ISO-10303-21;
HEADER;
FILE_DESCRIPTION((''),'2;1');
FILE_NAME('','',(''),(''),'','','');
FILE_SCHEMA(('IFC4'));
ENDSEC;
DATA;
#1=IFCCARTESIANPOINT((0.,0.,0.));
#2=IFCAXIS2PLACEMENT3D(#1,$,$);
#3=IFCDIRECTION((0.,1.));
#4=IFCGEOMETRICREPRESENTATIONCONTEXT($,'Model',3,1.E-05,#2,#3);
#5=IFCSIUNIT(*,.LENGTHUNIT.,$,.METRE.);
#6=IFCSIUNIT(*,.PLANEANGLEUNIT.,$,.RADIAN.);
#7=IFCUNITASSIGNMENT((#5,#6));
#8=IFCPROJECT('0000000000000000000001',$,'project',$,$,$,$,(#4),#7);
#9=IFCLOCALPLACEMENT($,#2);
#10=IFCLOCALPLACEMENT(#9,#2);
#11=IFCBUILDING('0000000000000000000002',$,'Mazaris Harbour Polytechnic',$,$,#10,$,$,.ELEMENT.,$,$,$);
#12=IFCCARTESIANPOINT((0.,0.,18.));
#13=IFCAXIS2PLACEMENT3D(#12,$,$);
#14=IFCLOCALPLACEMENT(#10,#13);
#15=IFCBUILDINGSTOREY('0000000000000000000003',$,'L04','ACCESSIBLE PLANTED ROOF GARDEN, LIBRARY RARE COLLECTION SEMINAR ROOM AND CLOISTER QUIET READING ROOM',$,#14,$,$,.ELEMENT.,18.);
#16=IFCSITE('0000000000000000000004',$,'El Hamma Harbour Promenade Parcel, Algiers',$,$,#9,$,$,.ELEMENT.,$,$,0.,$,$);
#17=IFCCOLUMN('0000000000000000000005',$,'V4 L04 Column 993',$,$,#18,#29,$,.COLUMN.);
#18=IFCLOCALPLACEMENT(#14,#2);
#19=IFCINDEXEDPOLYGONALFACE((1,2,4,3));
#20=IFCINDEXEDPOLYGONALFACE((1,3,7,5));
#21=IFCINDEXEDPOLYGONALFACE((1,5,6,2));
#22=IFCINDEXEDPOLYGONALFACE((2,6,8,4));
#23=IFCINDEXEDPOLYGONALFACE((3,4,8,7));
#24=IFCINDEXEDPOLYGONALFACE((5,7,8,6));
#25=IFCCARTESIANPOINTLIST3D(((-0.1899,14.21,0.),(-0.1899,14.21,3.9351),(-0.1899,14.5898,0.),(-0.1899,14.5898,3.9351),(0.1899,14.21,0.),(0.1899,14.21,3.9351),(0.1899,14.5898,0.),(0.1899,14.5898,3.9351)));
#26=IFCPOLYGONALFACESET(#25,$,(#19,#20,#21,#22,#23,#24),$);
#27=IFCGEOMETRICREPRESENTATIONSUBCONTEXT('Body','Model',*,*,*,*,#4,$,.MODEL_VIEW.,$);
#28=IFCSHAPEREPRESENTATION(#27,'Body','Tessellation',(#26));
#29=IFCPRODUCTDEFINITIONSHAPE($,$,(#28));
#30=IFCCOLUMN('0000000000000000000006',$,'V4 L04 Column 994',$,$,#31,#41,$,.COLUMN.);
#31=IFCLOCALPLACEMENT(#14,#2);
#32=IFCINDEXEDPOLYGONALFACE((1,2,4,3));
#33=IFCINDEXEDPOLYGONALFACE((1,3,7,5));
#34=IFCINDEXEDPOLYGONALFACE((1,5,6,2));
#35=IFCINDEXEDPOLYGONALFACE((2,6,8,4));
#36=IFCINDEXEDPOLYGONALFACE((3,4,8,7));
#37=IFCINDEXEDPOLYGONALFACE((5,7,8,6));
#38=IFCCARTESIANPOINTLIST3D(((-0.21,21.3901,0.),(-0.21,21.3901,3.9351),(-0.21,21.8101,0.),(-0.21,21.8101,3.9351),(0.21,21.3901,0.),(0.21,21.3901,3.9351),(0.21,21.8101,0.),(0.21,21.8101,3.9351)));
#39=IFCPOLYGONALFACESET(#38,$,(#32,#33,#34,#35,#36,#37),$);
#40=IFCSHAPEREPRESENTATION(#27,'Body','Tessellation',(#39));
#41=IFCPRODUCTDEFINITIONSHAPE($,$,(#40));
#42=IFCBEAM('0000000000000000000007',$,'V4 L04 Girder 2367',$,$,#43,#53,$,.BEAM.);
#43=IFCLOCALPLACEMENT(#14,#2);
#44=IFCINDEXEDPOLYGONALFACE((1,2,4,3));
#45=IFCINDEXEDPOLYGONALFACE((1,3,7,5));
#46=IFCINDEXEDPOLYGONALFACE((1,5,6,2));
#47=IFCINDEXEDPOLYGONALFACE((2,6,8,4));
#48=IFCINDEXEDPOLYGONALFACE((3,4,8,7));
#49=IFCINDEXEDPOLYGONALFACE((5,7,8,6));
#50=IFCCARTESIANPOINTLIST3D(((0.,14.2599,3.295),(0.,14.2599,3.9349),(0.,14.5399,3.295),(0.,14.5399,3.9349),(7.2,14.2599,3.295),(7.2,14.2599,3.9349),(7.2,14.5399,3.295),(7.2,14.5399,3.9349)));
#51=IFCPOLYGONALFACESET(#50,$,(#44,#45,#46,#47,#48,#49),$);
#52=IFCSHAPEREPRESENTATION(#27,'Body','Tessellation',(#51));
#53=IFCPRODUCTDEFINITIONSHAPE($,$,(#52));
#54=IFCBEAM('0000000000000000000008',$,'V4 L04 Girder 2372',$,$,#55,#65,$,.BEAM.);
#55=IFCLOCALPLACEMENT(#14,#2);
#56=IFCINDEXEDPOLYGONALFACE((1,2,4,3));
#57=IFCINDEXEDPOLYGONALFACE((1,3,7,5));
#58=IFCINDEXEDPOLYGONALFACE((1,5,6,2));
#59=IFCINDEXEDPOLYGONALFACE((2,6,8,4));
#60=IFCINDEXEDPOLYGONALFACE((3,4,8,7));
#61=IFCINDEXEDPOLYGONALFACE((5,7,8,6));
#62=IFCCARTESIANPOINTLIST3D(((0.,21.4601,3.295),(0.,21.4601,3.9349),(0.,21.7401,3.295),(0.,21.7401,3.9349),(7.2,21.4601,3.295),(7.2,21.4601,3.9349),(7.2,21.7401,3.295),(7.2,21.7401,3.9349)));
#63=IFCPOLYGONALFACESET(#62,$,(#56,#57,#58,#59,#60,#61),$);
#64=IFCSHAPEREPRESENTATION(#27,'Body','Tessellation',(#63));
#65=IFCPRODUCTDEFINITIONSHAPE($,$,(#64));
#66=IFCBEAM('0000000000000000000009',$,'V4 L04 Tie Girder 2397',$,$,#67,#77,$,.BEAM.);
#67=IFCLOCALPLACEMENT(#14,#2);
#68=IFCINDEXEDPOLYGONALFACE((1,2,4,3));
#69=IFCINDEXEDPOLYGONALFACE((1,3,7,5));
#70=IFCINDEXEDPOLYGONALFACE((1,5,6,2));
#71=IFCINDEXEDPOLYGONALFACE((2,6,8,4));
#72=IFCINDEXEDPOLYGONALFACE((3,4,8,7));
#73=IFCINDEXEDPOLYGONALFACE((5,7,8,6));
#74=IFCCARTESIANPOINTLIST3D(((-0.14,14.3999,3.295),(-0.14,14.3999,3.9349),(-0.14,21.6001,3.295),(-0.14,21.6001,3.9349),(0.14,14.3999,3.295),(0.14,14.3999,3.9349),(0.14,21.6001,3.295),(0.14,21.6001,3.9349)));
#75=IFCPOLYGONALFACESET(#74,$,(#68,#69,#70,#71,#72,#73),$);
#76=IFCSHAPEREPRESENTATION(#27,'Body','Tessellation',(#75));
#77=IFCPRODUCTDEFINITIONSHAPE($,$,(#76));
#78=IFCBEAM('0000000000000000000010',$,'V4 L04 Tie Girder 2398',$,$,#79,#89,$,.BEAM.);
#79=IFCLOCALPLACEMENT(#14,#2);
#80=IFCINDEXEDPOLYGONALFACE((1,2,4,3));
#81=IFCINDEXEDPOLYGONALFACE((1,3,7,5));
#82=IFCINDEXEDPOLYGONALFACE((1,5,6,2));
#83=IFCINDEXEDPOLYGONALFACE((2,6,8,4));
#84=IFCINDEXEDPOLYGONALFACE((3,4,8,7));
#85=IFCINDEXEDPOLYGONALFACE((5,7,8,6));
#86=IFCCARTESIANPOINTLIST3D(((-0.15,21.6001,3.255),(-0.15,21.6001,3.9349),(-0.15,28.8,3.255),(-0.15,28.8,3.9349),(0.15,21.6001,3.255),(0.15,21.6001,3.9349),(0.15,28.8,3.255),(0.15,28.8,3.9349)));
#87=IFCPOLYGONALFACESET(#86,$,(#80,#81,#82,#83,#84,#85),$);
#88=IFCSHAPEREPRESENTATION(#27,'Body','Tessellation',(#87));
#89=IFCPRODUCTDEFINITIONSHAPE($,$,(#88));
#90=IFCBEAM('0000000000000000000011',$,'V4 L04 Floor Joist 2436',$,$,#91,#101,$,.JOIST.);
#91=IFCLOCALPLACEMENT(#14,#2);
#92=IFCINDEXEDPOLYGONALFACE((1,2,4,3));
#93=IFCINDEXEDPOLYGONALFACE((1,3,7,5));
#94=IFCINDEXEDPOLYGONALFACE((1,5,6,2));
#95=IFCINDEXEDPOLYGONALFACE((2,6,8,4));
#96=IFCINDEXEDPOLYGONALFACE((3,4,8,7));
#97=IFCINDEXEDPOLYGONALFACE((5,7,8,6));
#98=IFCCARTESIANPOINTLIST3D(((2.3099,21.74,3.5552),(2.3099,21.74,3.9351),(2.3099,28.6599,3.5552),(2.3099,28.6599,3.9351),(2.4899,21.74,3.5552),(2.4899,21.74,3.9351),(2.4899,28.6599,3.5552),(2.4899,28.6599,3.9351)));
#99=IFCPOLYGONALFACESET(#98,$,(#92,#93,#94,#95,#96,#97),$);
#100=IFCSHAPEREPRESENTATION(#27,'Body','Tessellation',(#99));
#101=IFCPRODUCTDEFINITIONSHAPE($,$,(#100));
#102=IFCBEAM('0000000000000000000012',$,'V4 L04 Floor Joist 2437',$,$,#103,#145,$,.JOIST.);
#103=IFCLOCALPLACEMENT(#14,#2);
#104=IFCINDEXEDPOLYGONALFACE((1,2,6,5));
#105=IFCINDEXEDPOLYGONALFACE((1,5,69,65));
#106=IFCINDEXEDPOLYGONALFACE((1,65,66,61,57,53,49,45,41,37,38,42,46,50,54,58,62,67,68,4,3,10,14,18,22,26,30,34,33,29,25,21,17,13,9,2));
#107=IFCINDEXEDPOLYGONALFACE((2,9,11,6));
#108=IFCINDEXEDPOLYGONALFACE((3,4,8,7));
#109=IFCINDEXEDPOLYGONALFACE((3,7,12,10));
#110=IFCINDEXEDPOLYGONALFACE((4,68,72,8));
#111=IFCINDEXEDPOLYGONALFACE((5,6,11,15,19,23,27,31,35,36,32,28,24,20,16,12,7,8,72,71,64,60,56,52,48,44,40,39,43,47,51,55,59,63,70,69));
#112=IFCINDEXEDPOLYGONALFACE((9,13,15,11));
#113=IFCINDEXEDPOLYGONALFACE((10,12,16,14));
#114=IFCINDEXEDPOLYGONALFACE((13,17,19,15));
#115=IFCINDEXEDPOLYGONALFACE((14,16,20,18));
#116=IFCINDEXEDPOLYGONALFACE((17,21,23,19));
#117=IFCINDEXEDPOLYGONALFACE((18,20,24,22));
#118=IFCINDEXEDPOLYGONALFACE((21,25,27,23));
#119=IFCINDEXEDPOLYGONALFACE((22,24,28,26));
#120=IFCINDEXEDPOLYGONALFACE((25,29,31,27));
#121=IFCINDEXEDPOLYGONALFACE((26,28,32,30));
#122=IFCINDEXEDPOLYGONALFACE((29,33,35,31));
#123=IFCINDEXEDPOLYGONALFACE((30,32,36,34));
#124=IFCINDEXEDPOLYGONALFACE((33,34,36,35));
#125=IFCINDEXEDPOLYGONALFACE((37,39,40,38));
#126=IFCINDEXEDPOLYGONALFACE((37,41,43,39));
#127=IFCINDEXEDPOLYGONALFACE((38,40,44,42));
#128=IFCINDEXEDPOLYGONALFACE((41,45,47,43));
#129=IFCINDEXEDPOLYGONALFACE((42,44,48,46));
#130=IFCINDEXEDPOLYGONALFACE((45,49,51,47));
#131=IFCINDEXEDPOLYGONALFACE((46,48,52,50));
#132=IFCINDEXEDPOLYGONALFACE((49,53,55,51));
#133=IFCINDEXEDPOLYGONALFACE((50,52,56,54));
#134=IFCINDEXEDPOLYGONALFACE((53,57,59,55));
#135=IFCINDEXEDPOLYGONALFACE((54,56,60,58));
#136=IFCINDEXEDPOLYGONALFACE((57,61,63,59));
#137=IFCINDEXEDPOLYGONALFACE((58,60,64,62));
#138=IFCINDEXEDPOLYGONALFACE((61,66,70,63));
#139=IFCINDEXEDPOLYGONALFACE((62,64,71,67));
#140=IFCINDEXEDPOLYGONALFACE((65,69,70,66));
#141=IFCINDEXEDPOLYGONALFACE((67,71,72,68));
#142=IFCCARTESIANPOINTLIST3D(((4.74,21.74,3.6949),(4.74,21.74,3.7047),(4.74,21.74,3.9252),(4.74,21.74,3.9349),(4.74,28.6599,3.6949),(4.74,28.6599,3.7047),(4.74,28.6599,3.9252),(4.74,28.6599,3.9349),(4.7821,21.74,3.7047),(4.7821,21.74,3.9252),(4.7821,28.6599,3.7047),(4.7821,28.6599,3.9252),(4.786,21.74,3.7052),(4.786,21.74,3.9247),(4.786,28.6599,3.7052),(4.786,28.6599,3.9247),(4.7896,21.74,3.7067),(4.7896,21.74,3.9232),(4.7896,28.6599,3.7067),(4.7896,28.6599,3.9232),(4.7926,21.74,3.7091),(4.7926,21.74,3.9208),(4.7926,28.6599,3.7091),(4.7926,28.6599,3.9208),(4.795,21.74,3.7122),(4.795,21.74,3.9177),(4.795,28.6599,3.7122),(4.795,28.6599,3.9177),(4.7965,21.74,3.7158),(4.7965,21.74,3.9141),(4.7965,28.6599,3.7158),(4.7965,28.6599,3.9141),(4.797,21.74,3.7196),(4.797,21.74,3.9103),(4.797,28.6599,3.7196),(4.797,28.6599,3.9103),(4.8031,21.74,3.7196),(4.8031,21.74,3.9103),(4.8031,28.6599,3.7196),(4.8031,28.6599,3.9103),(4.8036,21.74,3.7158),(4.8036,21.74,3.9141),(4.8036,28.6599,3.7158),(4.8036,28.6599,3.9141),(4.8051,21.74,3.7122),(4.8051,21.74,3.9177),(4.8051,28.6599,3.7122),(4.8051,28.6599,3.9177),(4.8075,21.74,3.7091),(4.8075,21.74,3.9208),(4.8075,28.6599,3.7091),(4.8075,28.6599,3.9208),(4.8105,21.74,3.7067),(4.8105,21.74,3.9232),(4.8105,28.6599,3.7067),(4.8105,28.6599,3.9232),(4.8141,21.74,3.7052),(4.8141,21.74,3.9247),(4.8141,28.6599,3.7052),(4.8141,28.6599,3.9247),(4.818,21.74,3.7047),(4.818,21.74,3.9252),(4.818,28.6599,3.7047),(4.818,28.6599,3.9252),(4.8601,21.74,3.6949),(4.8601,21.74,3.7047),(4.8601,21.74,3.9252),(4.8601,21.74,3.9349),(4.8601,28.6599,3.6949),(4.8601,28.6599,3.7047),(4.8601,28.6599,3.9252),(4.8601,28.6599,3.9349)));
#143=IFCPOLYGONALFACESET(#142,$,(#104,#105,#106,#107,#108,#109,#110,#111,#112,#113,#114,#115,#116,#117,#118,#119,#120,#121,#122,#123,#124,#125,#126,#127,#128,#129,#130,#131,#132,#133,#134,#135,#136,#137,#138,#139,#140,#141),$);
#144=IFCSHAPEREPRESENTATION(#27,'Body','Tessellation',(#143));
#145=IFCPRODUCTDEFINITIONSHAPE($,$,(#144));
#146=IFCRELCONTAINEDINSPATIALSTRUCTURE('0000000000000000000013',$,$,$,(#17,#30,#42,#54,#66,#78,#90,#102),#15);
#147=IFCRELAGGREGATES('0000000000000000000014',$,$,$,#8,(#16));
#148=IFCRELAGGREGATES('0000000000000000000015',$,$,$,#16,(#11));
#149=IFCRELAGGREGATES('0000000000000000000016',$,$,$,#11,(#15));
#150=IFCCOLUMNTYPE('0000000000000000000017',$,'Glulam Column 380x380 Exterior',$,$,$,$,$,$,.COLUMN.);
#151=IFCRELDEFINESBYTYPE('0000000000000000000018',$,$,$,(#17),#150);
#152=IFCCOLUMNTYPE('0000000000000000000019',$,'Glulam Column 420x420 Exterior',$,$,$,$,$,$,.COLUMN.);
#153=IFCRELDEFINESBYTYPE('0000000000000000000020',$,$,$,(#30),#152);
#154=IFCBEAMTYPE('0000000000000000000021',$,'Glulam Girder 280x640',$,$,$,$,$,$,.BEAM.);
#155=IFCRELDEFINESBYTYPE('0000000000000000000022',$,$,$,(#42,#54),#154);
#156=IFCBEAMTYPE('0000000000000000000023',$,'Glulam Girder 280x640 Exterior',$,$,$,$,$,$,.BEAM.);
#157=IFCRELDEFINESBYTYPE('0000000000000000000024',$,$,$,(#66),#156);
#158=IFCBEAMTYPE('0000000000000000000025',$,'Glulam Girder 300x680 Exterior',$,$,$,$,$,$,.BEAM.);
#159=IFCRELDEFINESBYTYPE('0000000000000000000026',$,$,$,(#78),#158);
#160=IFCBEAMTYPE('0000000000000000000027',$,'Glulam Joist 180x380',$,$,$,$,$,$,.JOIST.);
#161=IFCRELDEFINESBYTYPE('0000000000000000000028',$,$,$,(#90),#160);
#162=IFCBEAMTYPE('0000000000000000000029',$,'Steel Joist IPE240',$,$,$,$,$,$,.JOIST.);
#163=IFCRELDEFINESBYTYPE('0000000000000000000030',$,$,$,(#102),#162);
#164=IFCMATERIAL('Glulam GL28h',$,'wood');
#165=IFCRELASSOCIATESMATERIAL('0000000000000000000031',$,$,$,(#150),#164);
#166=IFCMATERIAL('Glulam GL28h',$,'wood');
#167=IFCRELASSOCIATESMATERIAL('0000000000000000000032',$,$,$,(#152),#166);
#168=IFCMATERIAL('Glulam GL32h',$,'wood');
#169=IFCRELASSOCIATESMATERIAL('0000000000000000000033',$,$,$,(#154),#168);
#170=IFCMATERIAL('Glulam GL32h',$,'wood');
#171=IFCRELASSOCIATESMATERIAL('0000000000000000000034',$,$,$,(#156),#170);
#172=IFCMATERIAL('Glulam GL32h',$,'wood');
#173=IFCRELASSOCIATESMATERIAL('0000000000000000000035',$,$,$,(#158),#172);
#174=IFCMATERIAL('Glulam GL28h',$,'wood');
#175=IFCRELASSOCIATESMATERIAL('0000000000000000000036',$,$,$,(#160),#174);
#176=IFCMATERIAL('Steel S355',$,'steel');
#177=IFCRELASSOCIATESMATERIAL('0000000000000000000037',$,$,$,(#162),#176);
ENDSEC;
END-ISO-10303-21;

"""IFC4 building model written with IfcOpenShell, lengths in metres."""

from ifc_helpers import new_model, si_unit, direction, frame, origin, origin_2d, place, context, subcontext, project, spatial, rectangle, i_section, extrude, material, material_profile, profile_set, type_object, element, save


model = new_model("IFC4")

# Units and contexts
model_context = context("Model", 3, precision=1e-05, world=origin(), true_north=direction((0.0, 1.0)))
body_context = subcontext(model_context, "Body", "Model", "MODEL_VIEW")
ifc_project = project(units=[si_unit("LENGTHUNIT", "METRE"), si_unit("PLANEANGLEUNIT", "RADIAN")], contexts=[model_context])

# Site, building, storey
site_placement = place(None, origin())
site = spatial("IfcSite", under=ifc_project, at=site_placement, Name="El Hamma Harbour Promenade Parcel, Algiers", CompositionType="ELEMENT", RefElevation=0.0)
building_placement = place(site_placement, origin())
building = spatial("IfcBuilding", under=site, at=building_placement, Name="Mazaris Harbour Polytechnic", CompositionType="ELEMENT")
storey_placement = place(building_placement, frame((0.0, 0.0, 18.0)))
storey = spatial("IfcBuildingStorey", under=building, at=storey_placement, Name="L04", Description="ACCESSIBLE PLANTED ROOF GARDEN, LIBRARY RARE COLLECTION SEMINAR ROOM AND CLOISTER QUIET READING ROOM", CompositionType="ELEMENT", Elevation=18.0)

# Columns
ifc_material_1 = material(Name="Glulam GL28h", Category="wood")
ifc_material_profile_1 = material_profile(ifc_material_1, rectangle(XDim=0.3799, YDim=0.3799, at=origin_2d()), Name="RECT380x380")
ifc_profile_set_1 = profile_set([ifc_material_profile_1], Name="Glulam GL28h")
column_type_1 = type_object("IfcColumnType", Name="Glulam Column 380x380 Exterior", PredefinedType="COLUMN", material=ifc_profile_set_1)
column_1_placement = place(storey_placement, frame((0.0, 14.3999, 0.0), z_axis=(0.0, 0.0, 1.0), x_axis=(1.0, 0.0, 0.0)))
element("IfcColumn", 1, at=column_1_placement, inside=storey, type_object=column_type_1, Name="V4 L04 Column 993", PredefinedType="COLUMN", context=body_context, shape_type="SweptSolid", body=[
    extrude(rectangle(XDim=0.3799, YDim=0.3799, at=origin_2d()), origin(), (0.0, 0.0, 1.0), 3.9351),
])
ifc_material_2 = material(Name="Glulam GL28h", Category="wood")
ifc_material_profile_2 = material_profile(ifc_material_2, rectangle(XDim=0.4199, YDim=0.4199, at=origin_2d()), Name="RECT420x420")
ifc_profile_set_2 = profile_set([ifc_material_profile_2], Name="Glulam GL28h")
column_type_2 = type_object("IfcColumnType", Name="Glulam Column 420x420 Exterior", PredefinedType="COLUMN", material=ifc_profile_set_2)
column_2_placement = place(storey_placement, frame((0.0, 21.6001, 0.0), z_axis=(0.0, 0.0, 1.0), x_axis=(1.0, 0.0, 0.0)))
element("IfcColumn", 2, at=column_2_placement, inside=storey, type_object=column_type_2, Name="V4 L04 Column 994", PredefinedType="COLUMN", context=body_context, shape_type="SweptSolid", body=[
    extrude(rectangle(XDim=0.4199, YDim=0.4199, at=origin_2d()), origin(), (0.0, 0.0, 1.0), 3.9351),
])

# Beams
ifc_material_3 = material(Name="Glulam GL32h", Category="wood")
ifc_material_profile_3 = material_profile(ifc_material_3, rectangle(XDim=0.28, YDim=0.6399, at=origin_2d()), Name="RECT280x640")
ifc_profile_set_3 = profile_set([ifc_material_profile_3], Name="Glulam GL32h")
beam_type_1 = type_object("IfcBeamType", Name="Glulam Girder 280x640", PredefinedType="BEAM", material=ifc_profile_set_3)
for number, where, z_axis, x_axis, name in (
    (3, (0.0, 14.3999, 3.615), (1.0, 0.0, 0.0), (0.0, 1.0, 0.0), "V4 L04 Girder 2367"),
    (4, (0.0, 21.6001, 3.615), (1.0, 0.0, 0.0), (0.0, 1.0, 0.0), "V4 L04 Girder 2372"),
):
    element("IfcBeam", number, at=place(storey_placement, frame(where, z_axis=z_axis, x_axis=x_axis)), inside=storey, type_object=beam_type_1, Name=name, PredefinedType="BEAM", context=body_context, shape_type="SweptSolid", body=[
        extrude(rectangle(XDim=0.28, YDim=0.6399, at=origin_2d()), origin(), (0.0, 0.0, 1.0), 7.2),
    ])
ifc_material_4 = material(Name="Glulam GL32h", Category="wood")
ifc_material_profile_4 = material_profile(ifc_material_4, rectangle(XDim=0.28, YDim=0.6399, at=origin_2d()), Name="RECT280x640")
ifc_profile_set_4 = profile_set([ifc_material_profile_4], Name="Glulam GL32h")
beam_type_2 = type_object("IfcBeamType", Name="Glulam Girder 280x640 Exterior", PredefinedType="BEAM", material=ifc_profile_set_4)
beam_1_placement = place(storey_placement, frame((0.0, 14.3999, 3.615), z_axis=(0.0, 1.0, 0.0), x_axis=(-1.0, 0.0, 0.0)))
element("IfcBeam", 5, at=beam_1_placement, inside=storey, type_object=beam_type_2, Name="V4 L04 Tie Girder 2397", PredefinedType="BEAM", context=body_context, shape_type="SweptSolid", body=[
    extrude(rectangle(XDim=0.28, YDim=0.6399, at=origin_2d()), origin(), (0.0, 0.0, 1.0), 7.2002),
])
ifc_material_5 = material(Name="Glulam GL32h", Category="wood")
ifc_material_profile_5 = material_profile(ifc_material_5, rectangle(XDim=0.3, YDim=0.6799, at=origin_2d()), Name="RECT300x680")
ifc_profile_set_5 = profile_set([ifc_material_profile_5], Name="Glulam GL32h")
beam_type_3 = type_object("IfcBeamType", Name="Glulam Girder 300x680 Exterior", PredefinedType="BEAM", material=ifc_profile_set_5)
beam_2_placement = place(storey_placement, frame((0.0, 21.6001, 3.595), z_axis=(0.0, 1.0, 0.0), x_axis=(-1.0, 0.0, 0.0)))
element("IfcBeam", 6, at=beam_2_placement, inside=storey, type_object=beam_type_3, Name="V4 L04 Tie Girder 2398", PredefinedType="BEAM", context=body_context, shape_type="SweptSolid", body=[
    extrude(rectangle(XDim=0.3, YDim=0.6799, at=origin_2d()), origin(), (0.0, 0.0, 1.0), 7.2),
])
ifc_material_6 = material(Name="Glulam GL28h", Category="wood")
ifc_material_profile_6 = material_profile(ifc_material_6, rectangle(XDim=0.1799, YDim=0.3799, at=origin_2d()), Name="RECT180x380")
ifc_profile_set_6 = profile_set([ifc_material_profile_6], Name="Glulam GL28h")
beam_type_4 = type_object("IfcBeamType", Name="Glulam Joist 180x380", PredefinedType="JOIST", material=ifc_profile_set_6)
beam_3_placement = place(storey_placement, frame((2.3999, 21.74, 3.7451), z_axis=(0.0, 1.0, 0.0), x_axis=(-1.0, 0.0, 0.0)))
element("IfcBeam", 7, at=beam_3_placement, inside=storey, type_object=beam_type_4, Name="V4 L04 Floor Joist 2436", PredefinedType="JOIST", context=body_context, shape_type="SweptSolid", body=[
    extrude(rectangle(XDim=0.1799, YDim=0.3799, at=origin_2d()), origin(), (0.0, 0.0, 1.0), 6.9199),
])
ifc_material_7 = material(Name="Steel S355", Category="steel")
ifc_material_profile_7 = material_profile(ifc_material_7, i_section(OverallWidth=0.1201, OverallDepth=0.24, WebThickness=0.0061, FlangeThickness=0.0098, FilletRadius=0.0149, at=origin_2d()), Name="IPE 240")
ifc_profile_set_7 = profile_set([ifc_material_profile_7], Name="Steel S355")
beam_type_5 = type_object("IfcBeamType", Name="Steel Joist IPE240", PredefinedType="JOIST", material=ifc_profile_set_7)
beam_4_placement = place(storey_placement, frame((4.8, 21.74, 3.8149), z_axis=(0.0, 1.0, 0.0), x_axis=(-1.0, 0.0, 0.0)))
element("IfcBeam", 8, at=beam_4_placement, inside=storey, type_object=beam_type_5, Name="V4 L04 Floor Joist 2437", PredefinedType="JOIST", context=body_context, shape_type="SweptSolid", body=[
    extrude(i_section(OverallWidth=0.1201, OverallDepth=0.24, WebThickness=0.0061, FlangeThickness=0.0098, FilletRadius=0.0149, at=origin_2d()), origin(), (0.0, 0.0, 1.0), 6.9199),
])

save(model, "model.ifc")
